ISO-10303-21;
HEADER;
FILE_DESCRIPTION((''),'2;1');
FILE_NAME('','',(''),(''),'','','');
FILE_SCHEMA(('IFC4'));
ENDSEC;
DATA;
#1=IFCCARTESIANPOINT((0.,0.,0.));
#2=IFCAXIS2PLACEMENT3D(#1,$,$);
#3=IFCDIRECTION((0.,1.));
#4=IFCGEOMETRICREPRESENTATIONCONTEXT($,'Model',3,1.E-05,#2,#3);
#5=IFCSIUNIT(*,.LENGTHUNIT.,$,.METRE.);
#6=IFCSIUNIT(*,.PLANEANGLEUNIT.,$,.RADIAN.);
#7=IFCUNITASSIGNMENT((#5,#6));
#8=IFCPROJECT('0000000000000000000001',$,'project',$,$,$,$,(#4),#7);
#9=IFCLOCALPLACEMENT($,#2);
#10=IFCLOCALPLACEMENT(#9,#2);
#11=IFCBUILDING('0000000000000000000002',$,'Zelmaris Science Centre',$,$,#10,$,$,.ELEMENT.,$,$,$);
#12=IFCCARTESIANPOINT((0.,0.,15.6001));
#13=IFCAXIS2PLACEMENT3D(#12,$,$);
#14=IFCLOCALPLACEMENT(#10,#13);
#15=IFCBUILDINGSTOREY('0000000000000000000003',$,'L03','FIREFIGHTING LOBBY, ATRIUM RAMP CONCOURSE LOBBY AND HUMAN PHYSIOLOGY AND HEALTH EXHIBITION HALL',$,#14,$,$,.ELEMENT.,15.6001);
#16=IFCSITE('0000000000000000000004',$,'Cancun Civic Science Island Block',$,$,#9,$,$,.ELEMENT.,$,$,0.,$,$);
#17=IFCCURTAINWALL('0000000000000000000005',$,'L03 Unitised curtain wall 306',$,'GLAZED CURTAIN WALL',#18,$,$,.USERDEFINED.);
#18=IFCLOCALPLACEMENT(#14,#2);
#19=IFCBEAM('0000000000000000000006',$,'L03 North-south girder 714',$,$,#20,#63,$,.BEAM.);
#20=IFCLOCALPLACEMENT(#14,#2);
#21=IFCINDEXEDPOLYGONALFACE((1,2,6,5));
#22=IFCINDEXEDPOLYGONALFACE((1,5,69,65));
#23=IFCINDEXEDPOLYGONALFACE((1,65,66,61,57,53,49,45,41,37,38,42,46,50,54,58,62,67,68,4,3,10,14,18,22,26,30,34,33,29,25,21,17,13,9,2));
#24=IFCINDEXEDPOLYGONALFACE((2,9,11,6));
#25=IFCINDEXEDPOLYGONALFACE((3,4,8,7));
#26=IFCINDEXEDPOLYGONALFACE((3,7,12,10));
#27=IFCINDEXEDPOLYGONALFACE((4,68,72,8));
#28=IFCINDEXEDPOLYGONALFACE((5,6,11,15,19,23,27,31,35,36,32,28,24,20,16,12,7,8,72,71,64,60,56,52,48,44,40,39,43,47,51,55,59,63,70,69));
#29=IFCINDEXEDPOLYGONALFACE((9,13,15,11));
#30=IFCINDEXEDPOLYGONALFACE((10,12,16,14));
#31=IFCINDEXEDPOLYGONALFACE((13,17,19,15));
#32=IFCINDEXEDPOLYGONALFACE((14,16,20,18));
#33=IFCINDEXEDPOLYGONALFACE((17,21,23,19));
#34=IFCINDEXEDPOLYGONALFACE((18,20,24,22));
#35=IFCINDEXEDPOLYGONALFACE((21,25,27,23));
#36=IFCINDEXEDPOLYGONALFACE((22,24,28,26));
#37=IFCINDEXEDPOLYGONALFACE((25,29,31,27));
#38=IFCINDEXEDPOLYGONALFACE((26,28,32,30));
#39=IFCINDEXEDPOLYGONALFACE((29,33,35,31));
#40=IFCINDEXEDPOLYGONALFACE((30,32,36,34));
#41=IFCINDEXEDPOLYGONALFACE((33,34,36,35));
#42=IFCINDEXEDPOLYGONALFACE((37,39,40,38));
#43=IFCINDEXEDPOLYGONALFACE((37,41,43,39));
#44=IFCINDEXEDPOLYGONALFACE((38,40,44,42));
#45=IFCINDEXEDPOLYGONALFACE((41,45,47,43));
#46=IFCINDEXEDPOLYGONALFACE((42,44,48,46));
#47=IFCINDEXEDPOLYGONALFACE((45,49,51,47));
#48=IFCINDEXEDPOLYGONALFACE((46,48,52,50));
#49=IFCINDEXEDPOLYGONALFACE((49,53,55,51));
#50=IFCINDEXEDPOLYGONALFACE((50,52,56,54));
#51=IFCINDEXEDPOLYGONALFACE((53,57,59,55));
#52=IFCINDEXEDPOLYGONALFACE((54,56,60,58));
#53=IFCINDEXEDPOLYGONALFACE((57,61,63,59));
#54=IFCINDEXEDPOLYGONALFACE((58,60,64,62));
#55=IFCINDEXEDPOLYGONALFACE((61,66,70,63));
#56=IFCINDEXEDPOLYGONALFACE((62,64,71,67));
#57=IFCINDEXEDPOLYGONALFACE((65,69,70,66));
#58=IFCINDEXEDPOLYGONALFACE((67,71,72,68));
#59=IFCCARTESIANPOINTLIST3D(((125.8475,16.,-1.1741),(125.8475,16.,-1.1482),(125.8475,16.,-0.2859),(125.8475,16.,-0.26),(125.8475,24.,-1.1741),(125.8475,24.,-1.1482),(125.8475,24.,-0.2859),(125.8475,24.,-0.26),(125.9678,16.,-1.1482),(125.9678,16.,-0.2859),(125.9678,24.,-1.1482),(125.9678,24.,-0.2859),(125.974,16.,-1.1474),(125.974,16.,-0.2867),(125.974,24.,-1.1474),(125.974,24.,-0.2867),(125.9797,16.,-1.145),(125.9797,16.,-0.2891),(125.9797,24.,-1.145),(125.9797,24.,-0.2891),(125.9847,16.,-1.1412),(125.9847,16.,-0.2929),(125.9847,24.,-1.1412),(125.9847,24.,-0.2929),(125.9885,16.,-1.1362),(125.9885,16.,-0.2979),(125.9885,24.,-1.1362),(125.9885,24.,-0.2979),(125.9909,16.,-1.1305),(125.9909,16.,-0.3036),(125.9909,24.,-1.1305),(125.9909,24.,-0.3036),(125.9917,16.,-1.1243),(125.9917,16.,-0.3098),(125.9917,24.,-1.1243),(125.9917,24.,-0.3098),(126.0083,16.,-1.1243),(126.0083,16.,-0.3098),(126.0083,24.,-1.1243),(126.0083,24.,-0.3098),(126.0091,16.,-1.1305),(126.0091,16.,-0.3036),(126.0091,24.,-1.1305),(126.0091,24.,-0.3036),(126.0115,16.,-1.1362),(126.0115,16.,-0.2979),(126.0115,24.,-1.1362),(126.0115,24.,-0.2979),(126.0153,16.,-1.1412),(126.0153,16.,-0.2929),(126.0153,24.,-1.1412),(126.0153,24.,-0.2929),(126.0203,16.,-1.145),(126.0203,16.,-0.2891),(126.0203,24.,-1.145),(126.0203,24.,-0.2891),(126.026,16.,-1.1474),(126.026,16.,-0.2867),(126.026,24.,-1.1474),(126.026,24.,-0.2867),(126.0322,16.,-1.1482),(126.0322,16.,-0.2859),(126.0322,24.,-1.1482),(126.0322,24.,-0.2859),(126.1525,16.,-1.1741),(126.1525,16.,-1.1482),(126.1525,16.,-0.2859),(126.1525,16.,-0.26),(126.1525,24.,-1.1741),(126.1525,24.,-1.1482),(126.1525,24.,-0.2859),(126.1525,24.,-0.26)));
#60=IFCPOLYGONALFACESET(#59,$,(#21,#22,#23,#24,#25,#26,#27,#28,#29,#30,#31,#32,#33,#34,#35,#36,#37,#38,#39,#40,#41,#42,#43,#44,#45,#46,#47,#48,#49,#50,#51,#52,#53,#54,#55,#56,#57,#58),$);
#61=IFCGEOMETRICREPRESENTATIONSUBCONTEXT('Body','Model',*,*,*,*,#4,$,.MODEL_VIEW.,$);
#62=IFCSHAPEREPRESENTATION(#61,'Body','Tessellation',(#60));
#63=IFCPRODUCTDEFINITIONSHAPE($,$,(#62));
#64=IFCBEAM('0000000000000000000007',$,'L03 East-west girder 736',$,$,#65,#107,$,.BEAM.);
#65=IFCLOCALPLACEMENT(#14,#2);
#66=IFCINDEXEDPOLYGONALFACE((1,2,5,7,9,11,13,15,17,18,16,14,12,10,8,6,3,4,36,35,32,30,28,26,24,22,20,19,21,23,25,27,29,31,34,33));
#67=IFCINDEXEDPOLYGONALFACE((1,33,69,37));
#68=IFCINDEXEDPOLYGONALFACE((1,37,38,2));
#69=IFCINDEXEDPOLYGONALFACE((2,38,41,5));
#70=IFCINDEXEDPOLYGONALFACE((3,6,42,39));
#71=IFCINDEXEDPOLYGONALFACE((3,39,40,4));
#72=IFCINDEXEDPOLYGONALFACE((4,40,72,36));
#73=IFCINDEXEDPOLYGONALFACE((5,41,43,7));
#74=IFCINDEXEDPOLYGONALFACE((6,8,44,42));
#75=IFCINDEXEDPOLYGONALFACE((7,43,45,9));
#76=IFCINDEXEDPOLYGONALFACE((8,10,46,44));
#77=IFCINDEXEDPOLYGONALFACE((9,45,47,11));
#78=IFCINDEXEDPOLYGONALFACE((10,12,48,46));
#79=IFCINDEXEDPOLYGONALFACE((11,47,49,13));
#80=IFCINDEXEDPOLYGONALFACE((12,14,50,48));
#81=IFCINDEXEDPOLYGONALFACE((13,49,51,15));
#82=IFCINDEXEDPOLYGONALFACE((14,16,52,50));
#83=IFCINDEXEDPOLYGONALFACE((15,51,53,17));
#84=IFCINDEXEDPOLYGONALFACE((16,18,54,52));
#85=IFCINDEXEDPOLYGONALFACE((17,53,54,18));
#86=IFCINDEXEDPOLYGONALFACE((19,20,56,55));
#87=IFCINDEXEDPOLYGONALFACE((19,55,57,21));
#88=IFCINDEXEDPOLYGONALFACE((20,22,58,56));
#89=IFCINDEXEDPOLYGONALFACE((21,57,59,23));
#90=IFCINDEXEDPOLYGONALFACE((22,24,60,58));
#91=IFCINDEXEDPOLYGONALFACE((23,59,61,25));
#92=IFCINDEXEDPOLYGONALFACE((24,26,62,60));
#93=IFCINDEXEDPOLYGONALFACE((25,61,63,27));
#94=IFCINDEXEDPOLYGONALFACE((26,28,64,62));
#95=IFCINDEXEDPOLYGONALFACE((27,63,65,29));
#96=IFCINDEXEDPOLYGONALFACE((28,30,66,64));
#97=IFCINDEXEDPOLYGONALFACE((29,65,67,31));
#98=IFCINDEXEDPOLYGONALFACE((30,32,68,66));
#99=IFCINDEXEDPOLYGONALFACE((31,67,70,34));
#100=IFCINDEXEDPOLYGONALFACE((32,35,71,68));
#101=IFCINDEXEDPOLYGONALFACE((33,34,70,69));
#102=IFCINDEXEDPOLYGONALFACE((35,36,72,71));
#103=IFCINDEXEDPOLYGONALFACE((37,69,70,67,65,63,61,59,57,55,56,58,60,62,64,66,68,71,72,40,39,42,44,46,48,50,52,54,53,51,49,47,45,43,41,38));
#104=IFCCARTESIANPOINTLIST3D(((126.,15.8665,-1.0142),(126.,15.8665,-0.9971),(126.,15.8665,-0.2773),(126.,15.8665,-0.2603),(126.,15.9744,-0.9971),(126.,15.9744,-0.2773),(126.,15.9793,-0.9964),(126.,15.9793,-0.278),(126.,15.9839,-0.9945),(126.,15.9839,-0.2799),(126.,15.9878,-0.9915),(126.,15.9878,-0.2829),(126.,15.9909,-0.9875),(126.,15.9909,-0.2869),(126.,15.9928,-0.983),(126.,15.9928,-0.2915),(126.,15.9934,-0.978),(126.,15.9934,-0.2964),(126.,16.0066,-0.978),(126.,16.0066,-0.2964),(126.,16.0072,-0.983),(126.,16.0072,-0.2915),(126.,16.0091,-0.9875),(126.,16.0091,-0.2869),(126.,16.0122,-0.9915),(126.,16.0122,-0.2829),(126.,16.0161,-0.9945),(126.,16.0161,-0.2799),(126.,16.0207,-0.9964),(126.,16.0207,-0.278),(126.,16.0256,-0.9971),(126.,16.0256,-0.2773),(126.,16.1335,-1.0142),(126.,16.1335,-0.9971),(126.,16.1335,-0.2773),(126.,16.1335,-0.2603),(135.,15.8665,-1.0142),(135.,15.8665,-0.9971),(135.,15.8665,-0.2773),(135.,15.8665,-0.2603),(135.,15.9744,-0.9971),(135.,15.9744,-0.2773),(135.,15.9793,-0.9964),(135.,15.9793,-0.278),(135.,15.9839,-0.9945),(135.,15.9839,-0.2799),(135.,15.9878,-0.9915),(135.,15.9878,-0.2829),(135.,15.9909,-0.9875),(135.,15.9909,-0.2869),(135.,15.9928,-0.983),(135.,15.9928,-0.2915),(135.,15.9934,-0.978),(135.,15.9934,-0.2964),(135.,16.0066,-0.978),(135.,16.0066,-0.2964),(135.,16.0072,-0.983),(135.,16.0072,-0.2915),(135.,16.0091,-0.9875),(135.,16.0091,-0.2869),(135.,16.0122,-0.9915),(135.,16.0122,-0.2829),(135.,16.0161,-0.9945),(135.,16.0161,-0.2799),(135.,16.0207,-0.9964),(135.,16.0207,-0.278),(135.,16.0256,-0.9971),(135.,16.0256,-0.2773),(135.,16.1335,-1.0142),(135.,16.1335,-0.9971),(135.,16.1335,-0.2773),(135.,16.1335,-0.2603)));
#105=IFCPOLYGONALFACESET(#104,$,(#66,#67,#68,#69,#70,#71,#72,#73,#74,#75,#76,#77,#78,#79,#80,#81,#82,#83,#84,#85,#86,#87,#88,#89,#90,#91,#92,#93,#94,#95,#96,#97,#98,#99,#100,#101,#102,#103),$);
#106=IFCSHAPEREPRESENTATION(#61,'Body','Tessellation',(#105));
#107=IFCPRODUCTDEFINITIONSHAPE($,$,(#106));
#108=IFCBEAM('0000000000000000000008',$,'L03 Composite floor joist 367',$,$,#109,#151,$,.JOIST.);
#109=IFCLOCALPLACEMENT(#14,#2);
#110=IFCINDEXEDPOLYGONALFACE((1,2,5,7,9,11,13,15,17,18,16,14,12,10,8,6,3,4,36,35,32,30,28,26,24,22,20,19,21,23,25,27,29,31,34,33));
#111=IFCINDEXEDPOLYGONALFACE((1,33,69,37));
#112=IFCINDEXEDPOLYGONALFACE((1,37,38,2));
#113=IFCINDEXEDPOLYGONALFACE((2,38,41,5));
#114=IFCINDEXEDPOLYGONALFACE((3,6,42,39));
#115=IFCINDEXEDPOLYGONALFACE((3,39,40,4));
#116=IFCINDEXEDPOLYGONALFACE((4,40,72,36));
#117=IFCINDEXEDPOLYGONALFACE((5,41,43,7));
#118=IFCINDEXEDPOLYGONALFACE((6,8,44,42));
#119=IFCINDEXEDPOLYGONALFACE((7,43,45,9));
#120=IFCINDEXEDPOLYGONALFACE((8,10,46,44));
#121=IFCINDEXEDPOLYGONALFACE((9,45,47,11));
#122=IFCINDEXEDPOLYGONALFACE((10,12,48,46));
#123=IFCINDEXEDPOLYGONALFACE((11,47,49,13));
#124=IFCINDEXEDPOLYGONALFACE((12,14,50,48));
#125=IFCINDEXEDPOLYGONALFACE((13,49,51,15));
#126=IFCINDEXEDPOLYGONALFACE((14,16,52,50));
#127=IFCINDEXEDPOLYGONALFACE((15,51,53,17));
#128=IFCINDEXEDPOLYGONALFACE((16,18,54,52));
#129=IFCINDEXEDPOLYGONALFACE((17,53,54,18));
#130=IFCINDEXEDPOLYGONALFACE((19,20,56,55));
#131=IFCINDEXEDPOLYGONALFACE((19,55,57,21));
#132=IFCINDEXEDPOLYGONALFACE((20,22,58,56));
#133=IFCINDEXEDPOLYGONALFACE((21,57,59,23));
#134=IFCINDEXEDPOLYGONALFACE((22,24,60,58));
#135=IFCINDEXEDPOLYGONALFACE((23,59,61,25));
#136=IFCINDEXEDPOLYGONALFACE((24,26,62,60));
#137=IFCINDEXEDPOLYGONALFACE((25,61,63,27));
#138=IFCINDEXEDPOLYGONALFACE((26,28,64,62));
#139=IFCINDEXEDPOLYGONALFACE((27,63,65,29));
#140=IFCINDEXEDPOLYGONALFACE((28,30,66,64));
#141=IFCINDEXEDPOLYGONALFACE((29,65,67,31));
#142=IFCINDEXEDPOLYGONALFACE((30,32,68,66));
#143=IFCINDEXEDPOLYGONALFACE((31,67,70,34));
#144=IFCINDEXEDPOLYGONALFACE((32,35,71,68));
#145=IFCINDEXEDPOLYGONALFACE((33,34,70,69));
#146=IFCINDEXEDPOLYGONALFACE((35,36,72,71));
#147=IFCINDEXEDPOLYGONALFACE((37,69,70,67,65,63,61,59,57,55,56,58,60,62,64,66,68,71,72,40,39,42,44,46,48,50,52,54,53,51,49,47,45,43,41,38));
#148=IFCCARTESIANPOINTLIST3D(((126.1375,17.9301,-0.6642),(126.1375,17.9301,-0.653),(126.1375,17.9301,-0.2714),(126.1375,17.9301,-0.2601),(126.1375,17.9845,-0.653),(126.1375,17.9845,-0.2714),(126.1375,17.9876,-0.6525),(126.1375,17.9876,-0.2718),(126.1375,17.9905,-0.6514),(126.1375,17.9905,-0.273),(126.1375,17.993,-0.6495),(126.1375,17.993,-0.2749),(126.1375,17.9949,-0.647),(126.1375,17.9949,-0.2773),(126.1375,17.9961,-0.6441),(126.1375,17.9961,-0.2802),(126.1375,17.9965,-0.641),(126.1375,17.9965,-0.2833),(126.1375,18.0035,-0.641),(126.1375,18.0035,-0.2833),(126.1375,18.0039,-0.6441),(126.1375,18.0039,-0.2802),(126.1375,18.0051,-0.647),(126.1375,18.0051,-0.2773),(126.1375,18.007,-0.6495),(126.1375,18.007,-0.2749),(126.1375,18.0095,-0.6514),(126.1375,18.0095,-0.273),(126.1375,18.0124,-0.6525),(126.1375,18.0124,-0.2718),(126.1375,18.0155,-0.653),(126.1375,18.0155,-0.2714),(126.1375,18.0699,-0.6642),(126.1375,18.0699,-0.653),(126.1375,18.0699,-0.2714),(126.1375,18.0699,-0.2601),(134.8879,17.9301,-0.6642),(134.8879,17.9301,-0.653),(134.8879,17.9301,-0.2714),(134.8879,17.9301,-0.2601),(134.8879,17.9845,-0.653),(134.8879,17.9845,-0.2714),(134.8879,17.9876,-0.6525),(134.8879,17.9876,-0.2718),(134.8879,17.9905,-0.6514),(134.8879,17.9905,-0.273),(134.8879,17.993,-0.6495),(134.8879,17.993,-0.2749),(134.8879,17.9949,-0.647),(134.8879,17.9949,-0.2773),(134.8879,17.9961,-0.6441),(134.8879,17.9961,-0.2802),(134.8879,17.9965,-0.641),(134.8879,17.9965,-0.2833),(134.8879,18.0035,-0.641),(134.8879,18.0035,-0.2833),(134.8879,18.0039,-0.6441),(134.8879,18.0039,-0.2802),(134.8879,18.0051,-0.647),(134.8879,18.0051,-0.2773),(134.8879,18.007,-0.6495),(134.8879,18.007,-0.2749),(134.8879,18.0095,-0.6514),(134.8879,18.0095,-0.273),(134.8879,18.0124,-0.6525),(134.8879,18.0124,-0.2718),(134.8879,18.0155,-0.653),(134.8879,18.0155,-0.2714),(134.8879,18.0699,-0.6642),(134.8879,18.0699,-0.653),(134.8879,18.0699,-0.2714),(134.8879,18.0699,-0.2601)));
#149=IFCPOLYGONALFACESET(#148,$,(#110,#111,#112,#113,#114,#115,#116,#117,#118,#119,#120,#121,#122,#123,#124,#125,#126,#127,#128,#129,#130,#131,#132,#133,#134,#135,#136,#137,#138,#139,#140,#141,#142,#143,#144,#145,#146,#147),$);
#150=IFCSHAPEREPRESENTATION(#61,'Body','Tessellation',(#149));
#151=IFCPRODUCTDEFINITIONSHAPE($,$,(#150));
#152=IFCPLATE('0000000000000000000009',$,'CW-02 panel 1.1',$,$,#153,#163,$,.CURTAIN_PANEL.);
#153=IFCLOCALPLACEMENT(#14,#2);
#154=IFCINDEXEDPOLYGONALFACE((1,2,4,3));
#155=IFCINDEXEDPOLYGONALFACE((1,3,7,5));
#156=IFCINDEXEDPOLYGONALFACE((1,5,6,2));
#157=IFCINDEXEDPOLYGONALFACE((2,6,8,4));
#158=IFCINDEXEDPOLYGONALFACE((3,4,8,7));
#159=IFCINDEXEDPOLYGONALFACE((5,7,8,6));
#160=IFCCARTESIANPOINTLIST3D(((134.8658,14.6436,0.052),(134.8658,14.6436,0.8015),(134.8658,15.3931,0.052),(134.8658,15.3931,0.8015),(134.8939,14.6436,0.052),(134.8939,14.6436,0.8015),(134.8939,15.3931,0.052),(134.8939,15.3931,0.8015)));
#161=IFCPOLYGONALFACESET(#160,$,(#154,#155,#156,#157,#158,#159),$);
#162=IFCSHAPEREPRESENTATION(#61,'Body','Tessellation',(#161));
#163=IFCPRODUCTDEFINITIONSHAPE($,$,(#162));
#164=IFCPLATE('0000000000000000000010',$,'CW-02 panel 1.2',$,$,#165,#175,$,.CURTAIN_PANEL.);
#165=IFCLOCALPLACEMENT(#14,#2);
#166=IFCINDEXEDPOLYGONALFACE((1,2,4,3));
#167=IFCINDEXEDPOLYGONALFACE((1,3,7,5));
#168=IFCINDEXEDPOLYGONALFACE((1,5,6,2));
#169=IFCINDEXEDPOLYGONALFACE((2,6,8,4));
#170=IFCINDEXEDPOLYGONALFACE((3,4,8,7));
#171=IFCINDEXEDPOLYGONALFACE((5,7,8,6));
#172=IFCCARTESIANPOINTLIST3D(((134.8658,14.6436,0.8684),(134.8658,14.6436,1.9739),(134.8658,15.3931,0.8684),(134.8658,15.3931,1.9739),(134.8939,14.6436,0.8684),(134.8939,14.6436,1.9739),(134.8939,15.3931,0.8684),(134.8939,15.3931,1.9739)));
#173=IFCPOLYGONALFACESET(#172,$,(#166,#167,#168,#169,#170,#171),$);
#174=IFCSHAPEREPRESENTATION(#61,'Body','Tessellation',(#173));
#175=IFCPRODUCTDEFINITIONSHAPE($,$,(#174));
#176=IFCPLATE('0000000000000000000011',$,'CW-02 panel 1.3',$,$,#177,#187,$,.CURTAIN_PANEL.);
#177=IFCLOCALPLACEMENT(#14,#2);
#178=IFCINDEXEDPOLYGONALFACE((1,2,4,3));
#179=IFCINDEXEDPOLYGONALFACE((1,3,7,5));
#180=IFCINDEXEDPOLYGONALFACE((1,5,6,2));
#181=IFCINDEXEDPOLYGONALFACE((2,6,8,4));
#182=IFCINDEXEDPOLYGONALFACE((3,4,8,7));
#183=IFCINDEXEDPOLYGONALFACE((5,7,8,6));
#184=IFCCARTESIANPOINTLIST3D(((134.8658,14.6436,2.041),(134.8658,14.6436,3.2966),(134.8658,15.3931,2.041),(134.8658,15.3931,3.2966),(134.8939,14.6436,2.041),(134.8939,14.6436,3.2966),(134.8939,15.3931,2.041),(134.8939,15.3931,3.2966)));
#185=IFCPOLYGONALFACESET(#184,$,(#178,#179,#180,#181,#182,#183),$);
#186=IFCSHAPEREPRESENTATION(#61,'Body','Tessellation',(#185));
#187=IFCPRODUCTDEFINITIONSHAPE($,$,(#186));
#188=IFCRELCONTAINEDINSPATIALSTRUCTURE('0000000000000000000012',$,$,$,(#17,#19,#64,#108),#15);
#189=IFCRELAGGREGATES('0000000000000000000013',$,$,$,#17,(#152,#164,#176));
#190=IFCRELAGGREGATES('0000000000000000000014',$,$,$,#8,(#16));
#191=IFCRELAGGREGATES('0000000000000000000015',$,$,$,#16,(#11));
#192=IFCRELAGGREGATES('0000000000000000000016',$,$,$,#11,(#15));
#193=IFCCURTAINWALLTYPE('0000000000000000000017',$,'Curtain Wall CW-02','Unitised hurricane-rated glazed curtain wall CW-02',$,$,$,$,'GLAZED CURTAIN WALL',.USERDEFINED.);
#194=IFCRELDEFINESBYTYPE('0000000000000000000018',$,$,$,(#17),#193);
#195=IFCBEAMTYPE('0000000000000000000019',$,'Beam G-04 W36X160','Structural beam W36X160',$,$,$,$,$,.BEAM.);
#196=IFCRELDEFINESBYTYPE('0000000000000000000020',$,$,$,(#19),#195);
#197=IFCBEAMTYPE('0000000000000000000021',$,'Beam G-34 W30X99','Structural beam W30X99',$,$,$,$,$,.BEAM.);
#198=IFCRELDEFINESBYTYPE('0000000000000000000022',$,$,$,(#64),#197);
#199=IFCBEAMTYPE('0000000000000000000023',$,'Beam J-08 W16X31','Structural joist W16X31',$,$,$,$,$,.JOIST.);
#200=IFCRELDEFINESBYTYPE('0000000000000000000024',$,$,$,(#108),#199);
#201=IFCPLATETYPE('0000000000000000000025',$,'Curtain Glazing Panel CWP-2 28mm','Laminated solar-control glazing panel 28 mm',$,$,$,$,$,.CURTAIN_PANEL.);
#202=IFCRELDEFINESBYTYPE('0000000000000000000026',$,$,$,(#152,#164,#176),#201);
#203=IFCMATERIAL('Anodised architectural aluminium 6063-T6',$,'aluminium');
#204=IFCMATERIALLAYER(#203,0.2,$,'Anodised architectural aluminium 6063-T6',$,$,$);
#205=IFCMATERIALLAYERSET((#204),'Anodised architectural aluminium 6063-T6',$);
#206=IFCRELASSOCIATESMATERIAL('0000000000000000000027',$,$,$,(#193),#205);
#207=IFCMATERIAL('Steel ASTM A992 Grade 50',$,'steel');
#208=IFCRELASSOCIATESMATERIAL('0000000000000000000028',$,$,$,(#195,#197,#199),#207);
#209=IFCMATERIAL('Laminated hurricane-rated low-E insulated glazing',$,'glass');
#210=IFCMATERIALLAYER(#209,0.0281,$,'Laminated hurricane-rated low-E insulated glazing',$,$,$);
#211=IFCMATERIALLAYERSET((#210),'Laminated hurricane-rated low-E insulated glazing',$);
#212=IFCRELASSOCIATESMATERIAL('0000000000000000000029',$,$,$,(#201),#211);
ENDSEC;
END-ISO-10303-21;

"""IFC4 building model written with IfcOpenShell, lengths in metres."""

from ifc_helpers import new_model, si_unit, direction, frame, origin, origin_2d, place, context, subcontext, project, spatial, rectangle, i_section, extrude, material, layer, layer_set, material_profile, profile_set, type_object, element, aggregate, save


model = new_model("IFC4")

# Units and contexts
model_context = context("Model", 3, precision=1e-05, world=origin(), true_north=direction((0.0, 1.0)))
body_context = subcontext(model_context, "Body", "Model", "MODEL_VIEW")
ifc_project = project(units=[si_unit("LENGTHUNIT", "METRE"), si_unit("PLANEANGLEUNIT", "RADIAN")], contexts=[model_context])

# Site, building, storey
site_placement = place(None, origin())
site = spatial("IfcSite", under=ifc_project, at=site_placement, Name="Cancun Civic Science Island Block", CompositionType="ELEMENT", RefElevation=0.0)
building_placement = place(site_placement, origin())
building = spatial("IfcBuilding", under=site, at=building_placement, Name="Zelmaris Science Centre", CompositionType="ELEMENT")
storey_placement = place(building_placement, frame((0.0, 0.0, 15.6001)))
storey = spatial("IfcBuildingStorey", under=building, at=storey_placement, Name="L03", Description="FIREFIGHTING LOBBY, ATRIUM RAMP CONCOURSE LOBBY AND HUMAN PHYSIOLOGY AND HEALTH EXHIBITION HALL", CompositionType="ELEMENT", Elevation=15.6001)

# Shared definitions
ifc_material_1 = material(Name="Steel ASTM A992 Grade 50", Category="steel")

# Curtain wall
ifc_material_2 = material(Name="Anodised architectural aluminium 6063-T6", Category="aluminium")
ifc_layer_1 = layer(ifc_material_2, 0.2, Name="Anodised architectural aluminium 6063-T6")
ifc_layer_set_1 = layer_set([ifc_layer_1], Name="Anodised architectural aluminium 6063-T6")
curtain_wall_type = type_object("IfcCurtainWallType", Name="Curtain Wall CW-02", Description="Unitised hurricane-rated glazed curtain wall CW-02", ElementType="GLAZED CURTAIN WALL", PredefinedType="USERDEFINED", material=ifc_layer_set_1)
curtain_wall_placement = place(storey_placement, origin())
curtain_wall = element("IfcCurtainWall", 1, at=curtain_wall_placement, inside=storey, type_object=curtain_wall_type, Name="L03 Unitised curtain wall 306", ObjectType="GLAZED CURTAIN WALL", PredefinedType="USERDEFINED")

# Beams
ifc_material_profile_1 = material_profile(ifc_material_1, i_section(OverallWidth=0.3049, OverallDepth=0.9141, WebThickness=0.0166, FlangeThickness=0.0259, FilletRadius=0.0239, at=origin_2d()), Name="W36X160")
ifc_profile_set_1 = profile_set([ifc_material_profile_1], Name="Steel ASTM A992 Grade 50")
beam_type_1 = type_object("IfcBeamType", Name="Beam G-04 W36X160", Description="Structural beam W36X160", PredefinedType="BEAM", material=ifc_profile_set_1)
beam_1_placement = place(storey_placement, frame((126.0, 16.0, -0.717), z_axis=(0.0, 1.0, 0.0), x_axis=(-1.0, 0.0, 0.0)))
element("IfcBeam", 2, at=beam_1_placement, inside=storey, type_object=beam_type_1, Name="L03 North-south girder 714", PredefinedType="BEAM", context=body_context, shape_type="SweptSolid", body=[
    extrude(i_section(OverallWidth=0.3049, OverallDepth=0.9141, WebThickness=0.0166, FlangeThickness=0.0259, FilletRadius=0.0239, at=origin_2d()), origin(), (0.0, 0.0, 1.0), 8.0),
])
ifc_material_profile_2 = material_profile(ifc_material_1, i_section(OverallWidth=0.2671, OverallDepth=0.7539, WebThickness=0.0132, FlangeThickness=0.0171, FilletRadius=0.019, at=origin_2d()), Name="W30X99")
ifc_profile_set_2 = profile_set([ifc_material_profile_2], Name="Steel ASTM A992 Grade 50")
beam_type_2 = type_object("IfcBeamType", Name="Beam G-34 W30X99", Description="Structural beam W30X99", PredefinedType="BEAM", material=ifc_profile_set_2)
beam_2_placement = place(storey_placement, frame((126.0, 16.0, -0.6372), z_axis=(1.0, 0.0, 0.0), x_axis=(0.0, 1.0, 0.0)))
element("IfcBeam", 3, at=beam_2_placement, inside=storey, type_object=beam_type_2, Name="L03 East-west girder 736", PredefinedType="BEAM", context=body_context, shape_type="SweptSolid", body=[
    extrude(i_section(OverallWidth=0.2671, OverallDepth=0.7539, WebThickness=0.0132, FlangeThickness=0.0171, FilletRadius=0.019, at=origin_2d()), origin(), (0.0, 0.0, 1.0), 9.0),
])
ifc_material_profile_3 = material_profile(ifc_material_1, i_section(OverallWidth=0.1399, OverallDepth=0.4041, WebThickness=0.0071, FlangeThickness=0.0112, FilletRadius=0.012, at=origin_2d()), Name="W16X31")
ifc_profile_set_3 = profile_set([ifc_material_profile_3], Name="Steel ASTM A992 Grade 50")
beam_type_3 = type_object("IfcBeamType", Name="Beam J-08 W16X31", Description="Structural joist W16X31", PredefinedType="JOIST", material=ifc_profile_set_3)
beam_3_placement = place(storey_placement, frame((126.1375, 18.0, -0.4622), z_axis=(1.0, 0.0, 0.0), x_axis=(0.0, 1.0, 0.0)))
element("IfcBeam", 4, at=beam_3_placement, inside=storey, type_object=beam_type_3, Name="L03 Composite floor joist 367", PredefinedType="JOIST", context=body_context, shape_type="SweptSolid", body=[
    extrude(i_section(OverallWidth=0.1399, OverallDepth=0.4041, WebThickness=0.0071, FlangeThickness=0.0112, FilletRadius=0.012, at=origin_2d()), origin(), (0.0, 0.0, 1.0), 8.7505),
])

# Plates
ifc_material_3 = material(Name="Laminated hurricane-rated low-E insulated glazing", Category="glass")
ifc_layer_2 = layer(ifc_material_3, 0.0281, Name="Laminated hurricane-rated low-E insulated glazing")
ifc_layer_set_2 = layer_set([ifc_layer_2], Name="Laminated hurricane-rated low-E insulated glazing")
plate_type = type_object("IfcPlateType", Name="Curtain Glazing Panel CWP-2 28mm", Description="Laminated solar-control glazing panel 28 mm", PredefinedType="CURTAIN_PANEL", material=ifc_layer_set_2)
plate_1_placement = place(storey_placement, frame((134.8799, 15.0183, 0.052), z_axis=(0.0, 0.0, 1.0), x_axis=(0.0, -1.0, 0.0)))
plate_1 = element("IfcPlate", 5, at=plate_1_placement, type_object=plate_type, Name="CW-02 panel 1.1", PredefinedType="CURTAIN_PANEL", context=body_context, shape_type="SweptSolid", body=[
    extrude(rectangle(XDim=0.7495, YDim=0.0281, at=origin_2d()), origin(), (0.0, 0.0, 1.0), 0.7495),
])
plate_2_placement = place(storey_placement, frame((134.8799, 15.0183, 0.8684), z_axis=(0.0, 0.0, 1.0), x_axis=(0.0, -1.0, 0.0)))
plate_2 = element("IfcPlate", 6, at=plate_2_placement, type_object=plate_type, Name="CW-02 panel 1.2", PredefinedType="CURTAIN_PANEL", context=body_context, shape_type="SweptSolid", body=[
    extrude(rectangle(XDim=0.7495, YDim=0.0281, at=origin_2d()), origin(), (0.0, 0.0, 1.0), 1.1055),
])
plate_3_placement = place(storey_placement, frame((134.8799, 15.0183, 2.041), z_axis=(0.0, 0.0, 1.0), x_axis=(0.0, -1.0, 0.0)))
plate_3 = element("IfcPlate", 7, at=plate_3_placement, type_object=plate_type, Name="CW-02 panel 1.3", PredefinedType="CURTAIN_PANEL", context=body_context, shape_type="SweptSolid", body=[
    extrude(rectangle(XDim=0.7495, YDim=0.0281, at=origin_2d()), origin(), (0.0, 0.0, 1.0), 1.2556),
])
aggregate(curtain_wall, [plate_1, plate_2, plate_3])

save(model, "model.ifc")
